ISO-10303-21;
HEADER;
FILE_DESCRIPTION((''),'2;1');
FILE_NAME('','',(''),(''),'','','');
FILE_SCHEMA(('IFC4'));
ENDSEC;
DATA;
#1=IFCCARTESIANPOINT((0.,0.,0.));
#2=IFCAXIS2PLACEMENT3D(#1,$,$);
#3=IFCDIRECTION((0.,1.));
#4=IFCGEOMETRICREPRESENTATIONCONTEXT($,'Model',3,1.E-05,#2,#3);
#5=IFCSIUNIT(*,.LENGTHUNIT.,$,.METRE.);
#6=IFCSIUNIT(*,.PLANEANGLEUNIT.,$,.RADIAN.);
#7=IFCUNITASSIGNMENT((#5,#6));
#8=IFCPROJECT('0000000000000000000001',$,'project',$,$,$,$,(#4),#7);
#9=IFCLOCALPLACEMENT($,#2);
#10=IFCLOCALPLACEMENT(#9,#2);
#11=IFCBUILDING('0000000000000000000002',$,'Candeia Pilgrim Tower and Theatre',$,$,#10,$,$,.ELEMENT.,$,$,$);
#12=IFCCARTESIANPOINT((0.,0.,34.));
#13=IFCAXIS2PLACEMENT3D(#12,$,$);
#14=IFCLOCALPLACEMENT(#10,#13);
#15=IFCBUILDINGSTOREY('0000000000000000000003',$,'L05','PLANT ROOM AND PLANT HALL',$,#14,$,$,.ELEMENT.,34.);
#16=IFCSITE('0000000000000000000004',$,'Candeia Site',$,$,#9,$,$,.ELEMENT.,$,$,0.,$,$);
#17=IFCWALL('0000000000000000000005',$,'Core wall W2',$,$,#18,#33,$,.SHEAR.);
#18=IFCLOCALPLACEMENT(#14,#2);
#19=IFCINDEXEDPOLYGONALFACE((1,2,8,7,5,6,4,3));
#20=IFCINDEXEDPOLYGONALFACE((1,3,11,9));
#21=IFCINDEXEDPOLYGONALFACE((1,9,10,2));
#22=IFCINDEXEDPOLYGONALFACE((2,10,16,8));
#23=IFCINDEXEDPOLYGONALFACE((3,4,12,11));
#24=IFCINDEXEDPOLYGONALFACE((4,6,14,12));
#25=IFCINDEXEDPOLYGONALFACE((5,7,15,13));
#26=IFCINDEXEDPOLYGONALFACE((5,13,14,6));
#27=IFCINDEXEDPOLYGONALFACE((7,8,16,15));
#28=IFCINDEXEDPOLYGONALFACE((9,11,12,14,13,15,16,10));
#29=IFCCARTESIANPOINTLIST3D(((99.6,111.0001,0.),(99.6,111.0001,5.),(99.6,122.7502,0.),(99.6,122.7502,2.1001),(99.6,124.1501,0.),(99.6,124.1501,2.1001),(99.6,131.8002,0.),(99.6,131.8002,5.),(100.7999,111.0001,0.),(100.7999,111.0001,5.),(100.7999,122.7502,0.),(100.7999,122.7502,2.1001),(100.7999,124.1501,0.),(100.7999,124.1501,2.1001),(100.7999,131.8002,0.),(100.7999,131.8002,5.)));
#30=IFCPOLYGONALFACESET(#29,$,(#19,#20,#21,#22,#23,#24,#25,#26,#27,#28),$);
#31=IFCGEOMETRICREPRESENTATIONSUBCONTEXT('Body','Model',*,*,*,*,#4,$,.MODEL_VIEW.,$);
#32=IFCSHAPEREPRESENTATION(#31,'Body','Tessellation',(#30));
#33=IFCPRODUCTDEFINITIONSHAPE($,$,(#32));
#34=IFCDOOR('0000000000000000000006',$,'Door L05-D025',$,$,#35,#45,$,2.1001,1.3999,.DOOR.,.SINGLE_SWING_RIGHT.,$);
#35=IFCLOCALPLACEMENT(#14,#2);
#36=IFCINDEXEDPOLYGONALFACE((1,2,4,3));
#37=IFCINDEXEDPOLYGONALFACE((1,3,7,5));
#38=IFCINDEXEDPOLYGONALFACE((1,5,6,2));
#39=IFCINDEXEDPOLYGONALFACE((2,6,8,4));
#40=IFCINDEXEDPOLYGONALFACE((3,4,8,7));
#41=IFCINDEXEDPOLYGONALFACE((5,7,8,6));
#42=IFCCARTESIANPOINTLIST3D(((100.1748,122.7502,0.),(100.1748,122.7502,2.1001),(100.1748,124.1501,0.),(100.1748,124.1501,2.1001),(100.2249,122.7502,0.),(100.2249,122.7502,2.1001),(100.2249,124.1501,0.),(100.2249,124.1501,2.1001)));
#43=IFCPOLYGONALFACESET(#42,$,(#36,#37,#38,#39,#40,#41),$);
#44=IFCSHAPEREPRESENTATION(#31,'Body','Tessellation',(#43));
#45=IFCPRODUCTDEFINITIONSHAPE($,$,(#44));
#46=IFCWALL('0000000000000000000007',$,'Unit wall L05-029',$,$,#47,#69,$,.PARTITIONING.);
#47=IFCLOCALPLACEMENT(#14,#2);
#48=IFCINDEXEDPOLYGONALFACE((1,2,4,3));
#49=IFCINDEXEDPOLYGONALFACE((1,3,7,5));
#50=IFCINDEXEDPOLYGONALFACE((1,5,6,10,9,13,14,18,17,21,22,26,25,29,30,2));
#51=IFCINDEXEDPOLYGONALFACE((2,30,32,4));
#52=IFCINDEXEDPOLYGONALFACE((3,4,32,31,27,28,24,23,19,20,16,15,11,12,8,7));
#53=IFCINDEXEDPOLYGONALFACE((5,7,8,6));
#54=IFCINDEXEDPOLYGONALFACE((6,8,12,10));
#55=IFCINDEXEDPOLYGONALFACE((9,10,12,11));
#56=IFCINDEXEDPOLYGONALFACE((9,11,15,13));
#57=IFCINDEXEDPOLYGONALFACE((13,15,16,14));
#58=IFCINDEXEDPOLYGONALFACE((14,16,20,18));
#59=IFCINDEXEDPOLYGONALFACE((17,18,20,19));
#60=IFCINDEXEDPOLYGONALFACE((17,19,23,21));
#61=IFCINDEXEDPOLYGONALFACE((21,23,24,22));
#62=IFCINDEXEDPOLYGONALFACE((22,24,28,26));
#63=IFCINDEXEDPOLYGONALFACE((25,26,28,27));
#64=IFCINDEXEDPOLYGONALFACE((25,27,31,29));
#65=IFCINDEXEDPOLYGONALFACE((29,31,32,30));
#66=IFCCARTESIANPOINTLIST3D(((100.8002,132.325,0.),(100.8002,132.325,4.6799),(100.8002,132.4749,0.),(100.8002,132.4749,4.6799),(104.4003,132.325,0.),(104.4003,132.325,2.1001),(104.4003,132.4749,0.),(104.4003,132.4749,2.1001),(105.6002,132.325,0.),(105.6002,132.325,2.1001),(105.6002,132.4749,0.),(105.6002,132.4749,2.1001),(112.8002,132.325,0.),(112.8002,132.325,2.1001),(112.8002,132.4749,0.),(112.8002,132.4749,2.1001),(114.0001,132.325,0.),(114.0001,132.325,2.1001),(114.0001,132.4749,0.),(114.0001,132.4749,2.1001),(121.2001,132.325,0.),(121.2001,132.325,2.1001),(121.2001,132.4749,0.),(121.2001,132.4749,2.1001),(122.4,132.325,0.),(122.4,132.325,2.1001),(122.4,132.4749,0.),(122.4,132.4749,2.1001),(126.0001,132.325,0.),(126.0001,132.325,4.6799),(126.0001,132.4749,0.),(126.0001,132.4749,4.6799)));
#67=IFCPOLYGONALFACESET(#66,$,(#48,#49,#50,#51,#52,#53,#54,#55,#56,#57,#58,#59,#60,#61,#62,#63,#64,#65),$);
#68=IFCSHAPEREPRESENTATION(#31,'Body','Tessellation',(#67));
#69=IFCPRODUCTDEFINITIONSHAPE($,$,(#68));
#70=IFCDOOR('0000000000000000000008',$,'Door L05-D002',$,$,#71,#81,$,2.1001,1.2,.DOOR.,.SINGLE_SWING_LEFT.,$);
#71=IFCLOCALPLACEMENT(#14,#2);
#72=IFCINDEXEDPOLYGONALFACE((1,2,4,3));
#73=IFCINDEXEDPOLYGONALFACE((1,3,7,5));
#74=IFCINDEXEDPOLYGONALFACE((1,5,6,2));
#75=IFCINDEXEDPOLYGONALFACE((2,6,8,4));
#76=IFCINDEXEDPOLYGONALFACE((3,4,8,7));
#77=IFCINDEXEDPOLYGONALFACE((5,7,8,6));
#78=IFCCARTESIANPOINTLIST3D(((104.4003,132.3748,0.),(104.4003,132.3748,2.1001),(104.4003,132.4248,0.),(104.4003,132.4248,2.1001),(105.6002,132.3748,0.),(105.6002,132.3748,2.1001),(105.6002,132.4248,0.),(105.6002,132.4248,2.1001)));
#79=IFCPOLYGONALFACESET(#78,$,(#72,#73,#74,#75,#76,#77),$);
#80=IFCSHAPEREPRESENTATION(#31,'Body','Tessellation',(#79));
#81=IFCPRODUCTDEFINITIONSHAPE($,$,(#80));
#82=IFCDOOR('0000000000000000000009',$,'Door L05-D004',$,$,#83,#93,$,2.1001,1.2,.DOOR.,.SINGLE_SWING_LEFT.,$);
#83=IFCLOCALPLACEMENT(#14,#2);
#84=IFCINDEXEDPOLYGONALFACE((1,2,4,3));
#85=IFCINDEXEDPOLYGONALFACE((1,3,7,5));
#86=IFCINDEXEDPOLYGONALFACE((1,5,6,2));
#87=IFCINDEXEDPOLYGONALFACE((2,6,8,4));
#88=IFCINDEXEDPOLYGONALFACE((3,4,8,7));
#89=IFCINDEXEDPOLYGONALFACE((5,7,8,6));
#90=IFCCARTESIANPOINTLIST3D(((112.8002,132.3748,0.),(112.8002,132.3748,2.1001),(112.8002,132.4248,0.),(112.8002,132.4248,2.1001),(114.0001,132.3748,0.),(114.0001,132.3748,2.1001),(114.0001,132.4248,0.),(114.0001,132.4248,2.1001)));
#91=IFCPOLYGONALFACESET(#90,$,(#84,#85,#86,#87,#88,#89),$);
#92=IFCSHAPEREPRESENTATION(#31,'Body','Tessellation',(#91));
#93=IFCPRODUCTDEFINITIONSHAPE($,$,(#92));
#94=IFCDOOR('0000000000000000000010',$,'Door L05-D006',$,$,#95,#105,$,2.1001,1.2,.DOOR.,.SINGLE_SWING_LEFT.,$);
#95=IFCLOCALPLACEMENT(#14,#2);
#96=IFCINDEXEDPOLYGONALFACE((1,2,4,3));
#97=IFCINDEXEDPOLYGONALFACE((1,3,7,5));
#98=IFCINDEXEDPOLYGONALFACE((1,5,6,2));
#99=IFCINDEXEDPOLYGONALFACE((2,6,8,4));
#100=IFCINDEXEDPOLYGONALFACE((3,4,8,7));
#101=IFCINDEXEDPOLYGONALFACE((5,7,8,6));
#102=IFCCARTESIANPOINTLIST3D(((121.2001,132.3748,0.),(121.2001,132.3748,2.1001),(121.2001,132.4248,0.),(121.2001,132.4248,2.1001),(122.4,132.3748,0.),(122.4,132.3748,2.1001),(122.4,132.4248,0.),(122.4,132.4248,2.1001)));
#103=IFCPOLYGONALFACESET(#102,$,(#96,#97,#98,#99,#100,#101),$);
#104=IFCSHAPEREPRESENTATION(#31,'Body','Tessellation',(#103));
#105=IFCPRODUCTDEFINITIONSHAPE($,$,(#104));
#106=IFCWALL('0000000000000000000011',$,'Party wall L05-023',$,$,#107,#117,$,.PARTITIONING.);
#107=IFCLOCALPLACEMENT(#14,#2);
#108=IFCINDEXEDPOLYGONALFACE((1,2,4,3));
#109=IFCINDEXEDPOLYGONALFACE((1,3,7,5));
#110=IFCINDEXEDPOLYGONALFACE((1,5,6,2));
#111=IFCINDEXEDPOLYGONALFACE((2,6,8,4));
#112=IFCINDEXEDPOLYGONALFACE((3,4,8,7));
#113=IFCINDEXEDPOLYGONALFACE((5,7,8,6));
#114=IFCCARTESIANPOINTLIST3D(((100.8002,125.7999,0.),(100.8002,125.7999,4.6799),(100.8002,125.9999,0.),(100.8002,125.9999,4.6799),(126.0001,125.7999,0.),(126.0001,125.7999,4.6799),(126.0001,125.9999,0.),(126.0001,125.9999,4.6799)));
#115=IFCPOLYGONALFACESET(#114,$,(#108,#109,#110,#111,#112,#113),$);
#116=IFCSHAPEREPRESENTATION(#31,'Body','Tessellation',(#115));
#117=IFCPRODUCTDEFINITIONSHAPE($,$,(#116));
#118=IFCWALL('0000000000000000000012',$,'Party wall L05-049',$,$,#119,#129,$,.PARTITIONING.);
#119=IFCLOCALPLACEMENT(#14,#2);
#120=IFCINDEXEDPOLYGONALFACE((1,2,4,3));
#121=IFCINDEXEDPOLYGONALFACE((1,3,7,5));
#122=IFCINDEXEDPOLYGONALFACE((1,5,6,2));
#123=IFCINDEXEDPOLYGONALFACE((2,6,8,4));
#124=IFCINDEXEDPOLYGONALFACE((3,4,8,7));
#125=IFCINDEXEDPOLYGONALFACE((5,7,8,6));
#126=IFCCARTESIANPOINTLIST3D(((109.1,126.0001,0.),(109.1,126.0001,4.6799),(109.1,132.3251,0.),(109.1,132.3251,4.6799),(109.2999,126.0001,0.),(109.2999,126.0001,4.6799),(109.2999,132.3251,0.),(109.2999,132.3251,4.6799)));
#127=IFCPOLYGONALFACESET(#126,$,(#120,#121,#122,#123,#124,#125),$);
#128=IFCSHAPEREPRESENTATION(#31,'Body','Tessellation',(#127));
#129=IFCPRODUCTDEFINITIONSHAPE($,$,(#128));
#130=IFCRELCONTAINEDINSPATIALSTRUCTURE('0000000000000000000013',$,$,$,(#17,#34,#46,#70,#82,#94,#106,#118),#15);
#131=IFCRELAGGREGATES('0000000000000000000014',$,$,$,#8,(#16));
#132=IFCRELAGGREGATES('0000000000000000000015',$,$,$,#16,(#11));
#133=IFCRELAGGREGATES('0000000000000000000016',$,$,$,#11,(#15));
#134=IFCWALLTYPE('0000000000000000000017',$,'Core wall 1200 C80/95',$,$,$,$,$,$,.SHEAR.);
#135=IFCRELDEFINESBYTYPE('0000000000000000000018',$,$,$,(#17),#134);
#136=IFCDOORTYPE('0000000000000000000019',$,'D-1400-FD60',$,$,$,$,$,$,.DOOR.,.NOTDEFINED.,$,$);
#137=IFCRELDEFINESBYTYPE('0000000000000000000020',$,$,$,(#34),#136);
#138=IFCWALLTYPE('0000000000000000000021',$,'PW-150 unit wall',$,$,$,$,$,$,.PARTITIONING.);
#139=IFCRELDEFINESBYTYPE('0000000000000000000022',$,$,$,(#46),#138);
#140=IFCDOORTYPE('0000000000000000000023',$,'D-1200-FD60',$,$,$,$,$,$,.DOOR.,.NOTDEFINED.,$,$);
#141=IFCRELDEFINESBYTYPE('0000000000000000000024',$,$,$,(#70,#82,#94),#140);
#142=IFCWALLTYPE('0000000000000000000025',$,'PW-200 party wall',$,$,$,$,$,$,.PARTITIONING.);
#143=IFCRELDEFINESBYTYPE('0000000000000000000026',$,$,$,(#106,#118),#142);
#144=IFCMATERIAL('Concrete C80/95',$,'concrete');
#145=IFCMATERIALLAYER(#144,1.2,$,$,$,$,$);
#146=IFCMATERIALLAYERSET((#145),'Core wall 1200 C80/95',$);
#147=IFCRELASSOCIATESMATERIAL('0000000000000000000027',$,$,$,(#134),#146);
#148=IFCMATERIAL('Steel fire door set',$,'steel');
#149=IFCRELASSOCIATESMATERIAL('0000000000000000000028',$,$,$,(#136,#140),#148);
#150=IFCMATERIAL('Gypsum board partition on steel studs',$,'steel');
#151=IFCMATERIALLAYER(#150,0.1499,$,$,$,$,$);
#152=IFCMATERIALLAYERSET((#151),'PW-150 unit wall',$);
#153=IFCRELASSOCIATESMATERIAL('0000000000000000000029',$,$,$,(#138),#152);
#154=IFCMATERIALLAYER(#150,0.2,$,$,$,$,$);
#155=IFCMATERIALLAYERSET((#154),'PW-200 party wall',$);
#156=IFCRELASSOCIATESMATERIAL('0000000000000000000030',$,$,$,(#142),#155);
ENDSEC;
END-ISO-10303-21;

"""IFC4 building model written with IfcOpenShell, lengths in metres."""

from ifc_helpers import new_model, si_unit, direction, frame, frame_2d, origin, place, context, subcontext, project, spatial, rectangle, extrude, material, layer, layer_set, type_object, element, fill, save


model = new_model("IFC4")

# Units and contexts
model_context = context("Model", 3, precision=1e-05, world=origin(), true_north=direction((0.0, 1.0)))
body_context = subcontext(model_context, "Body", "Model", "MODEL_VIEW")
ifc_project = project(units=[si_unit("LENGTHUNIT", "METRE"), si_unit("PLANEANGLEUNIT", "RADIAN")], contexts=[model_context])

# Site, building, storey
site_placement = place(None, origin())
site = spatial("IfcSite", under=ifc_project, at=site_placement, Name="Candeia Site", CompositionType="ELEMENT", RefElevation=0.0)
building_placement = place(site_placement, origin())
building = spatial("IfcBuilding", under=site, at=building_placement, Name="Candeia Pilgrim Tower and Theatre", CompositionType="ELEMENT")
storey_placement = place(building_placement, frame((0.0, 0.0, 34.0)))
storey = spatial("IfcBuildingStorey", under=building, at=storey_placement, Name="L05", Description="PLANT ROOM AND PLANT HALL", CompositionType="ELEMENT", Elevation=34.0)

# Wall, opening, door
ifc_material_1 = material(Name="Concrete C80/95", Category="concrete")
ifc_layer_1 = layer(ifc_material_1, 1.2)
ifc_layer_set_1 = layer_set([ifc_layer_1], Name="Core wall 1200 C80/95")
wall_type_1 = type_object("IfcWallType", Name="Core wall 1200 C80/95", PredefinedType="SHEAR", material=ifc_layer_set_1)
wall_1_placement = place(storey_placement, frame((100.2, 131.8, 0.0), z_axis=(0.0, 0.0, 1.0), x_axis=(0.0, -1.0, 0.0)))
wall_1 = element("IfcWall", 1, at=wall_1_placement, inside=storey, type_object=wall_type_1, Name="Core wall W2", PredefinedType="SHEAR", context=body_context, shape_type="SweptSolid", body=[
    extrude(rectangle(XDim=20.8, YDim=1.2, at=frame_2d((10.3999, 0.0))), origin(), (0.0, 0.0, 1.0), 5.0),
])
opening_1_placement = place(wall_1_placement, frame((7.6499, 0.0, 0.0)))
opening_1 = element("IfcOpeningElement", 2, at=opening_1_placement, cuts=wall_1, PredefinedType="OPENING", context=body_context, shape_type="SweptSolid", body=[
    extrude(rectangle(XDim=1.3999, YDim=2.1001, at=frame_2d((0.7, 1.05))), frame((0.0, 0.6099, 0.0), z_axis=(0.0, -1.0, 0.0), x_axis=(1.0, 0.0, 0.0)), (0.0, 0.0, 1.0), 1.22),
])
ifc_material_2 = material(Name="Steel fire door set", Category="steel")
door_type_1 = type_object("IfcDoorType", Name="D-1400-FD60", OperationType="NOTDEFINED", PredefinedType="DOOR", material=ifc_material_2)
door_1_placement = place(opening_1_placement, origin())
door_1 = element("IfcDoor", 3, at=door_1_placement, inside=storey, type_object=door_type_1, Name="Door L05-D025", OperationType="SINGLE_SWING_RIGHT", OverallHeight=2.1001, OverallWidth=1.3999, PredefinedType="DOOR", context=body_context, shape_type="SweptSolid", body=[
    extrude(rectangle(XDim=1.3999, YDim=2.1001, at=frame_2d((0.7, 1.05))), frame((0.0, 0.0249, 0.0), z_axis=(0.0, -1.0, 0.0), x_axis=(1.0, 0.0, 0.0)), (0.0, 0.0, 1.0), 0.05),
])
fill(opening_1, door_1)

# Wall, openings, doors
ifc_material_3 = material(Name="Gypsum board partition on steel studs", Category="steel")
ifc_layer_2 = layer(ifc_material_3, 0.1499)
ifc_layer_set_2 = layer_set([ifc_layer_2], Name="PW-150 unit wall")
wall_type_2 = type_object("IfcWallType", Name="PW-150 unit wall", PredefinedType="PARTITIONING", material=ifc_layer_set_2)
wall_2_placement = place(storey_placement, frame((100.8, 132.3999, 0.0), z_axis=(0.0, 0.0, 1.0), x_axis=(1.0, 0.0, 0.0)))
wall_2 = element("IfcWall", 4, at=wall_2_placement, inside=storey, type_object=wall_type_2, Name="Unit wall L05-029", PredefinedType="PARTITIONING", context=body_context, shape_type="SweptSolid", body=[
    extrude(rectangle(XDim=25.2, YDim=0.1499, at=frame_2d((12.6001, 0.0))), origin(), (0.0, 0.0, 1.0), 4.6799),
])
opening_2_placement = place(wall_2_placement, frame((3.6001, 0.0, 0.0)))
opening_2 = element("IfcOpeningElement", 5, at=opening_2_placement, cuts=wall_2, PredefinedType="OPENING", context=body_context, shape_type="SweptSolid", body=[
    extrude(rectangle(XDim=1.2, YDim=2.1001, at=frame_2d((0.6001, 1.05))), frame((0.0, 0.085, 0.0), z_axis=(0.0, -1.0, 0.0), x_axis=(1.0, 0.0, 0.0)), (0.0, 0.0, 1.0), 0.1699),
])
opening_3_placement = place(wall_2_placement, frame((12.0, 0.0, 0.0)))
opening_3 = element("IfcOpeningElement", 6, at=opening_3_placement, cuts=wall_2, PredefinedType="OPENING", context=body_context, shape_type="SweptSolid", body=[
    extrude(rectangle(XDim=1.2, YDim=2.1001, at=frame_2d((0.6001, 1.05))), frame((0.0, 0.085, 0.0), z_axis=(0.0, -1.0, 0.0), x_axis=(1.0, 0.0, 0.0)), (0.0, 0.0, 1.0), 0.1699),
])
opening_4_placement = place(wall_2_placement, frame((20.3999, 0.0, 0.0)))
opening_4 = element("IfcOpeningElement", 7, at=opening_4_placement, cuts=wall_2, PredefinedType="OPENING", context=body_context, shape_type="SweptSolid", body=[
    extrude(rectangle(XDim=1.2, YDim=2.1001, at=frame_2d((0.6001, 1.05))), frame((0.0, 0.085, 0.0), z_axis=(0.0, -1.0, 0.0), x_axis=(1.0, 0.0, 0.0)), (0.0, 0.0, 1.0), 0.1699),
])
door_type_2 = type_object("IfcDoorType", Name="D-1200-FD60", OperationType="NOTDEFINED", PredefinedType="DOOR", material=ifc_material_2)
door_2_placement = place(opening_2_placement, origin())
door_2 = element("IfcDoor", 8, at=door_2_placement, inside=storey, type_object=door_type_2, Name="Door L05-D002", OperationType="SINGLE_SWING_LEFT", OverallHeight=2.1001, OverallWidth=1.2, PredefinedType="DOOR", context=body_context, shape_type="SweptSolid", body=[
    extrude(rectangle(XDim=1.2, YDim=2.1001, at=frame_2d((0.6001, 1.05))), frame((0.0, 0.0249, 0.0), z_axis=(0.0, -1.0, 0.0), x_axis=(1.0, 0.0, 0.0)), (0.0, 0.0, 1.0), 0.05),
])
fill(opening_2, door_2)
door_3_placement = place(opening_3_placement, origin())
door_3 = element("IfcDoor", 9, at=door_3_placement, inside=storey, type_object=door_type_2, Name="Door L05-D004", OperationType="SINGLE_SWING_LEFT", OverallHeight=2.1001, OverallWidth=1.2, PredefinedType="DOOR", context=body_context, shape_type="SweptSolid", body=[
    extrude(rectangle(XDim=1.2, YDim=2.1001, at=frame_2d((0.6001, 1.05))), frame((0.0, 0.0249, 0.0), z_axis=(0.0, -1.0, 0.0), x_axis=(1.0, 0.0, 0.0)), (0.0, 0.0, 1.0), 0.05),
])
fill(opening_3, door_3)
door_4_placement = place(opening_4_placement, origin())
door_4 = element("IfcDoor", 10, at=door_4_placement, inside=storey, type_object=door_type_2, Name="Door L05-D006", OperationType="SINGLE_SWING_LEFT", OverallHeight=2.1001, OverallWidth=1.2, PredefinedType="DOOR", context=body_context, shape_type="SweptSolid", body=[
    extrude(rectangle(XDim=1.2, YDim=2.1001, at=frame_2d((0.6001, 1.05))), frame((0.0, 0.0249, 0.0), z_axis=(0.0, -1.0, 0.0), x_axis=(1.0, 0.0, 0.0)), (0.0, 0.0, 1.0), 0.05),
])
fill(opening_4, door_4)

# Walls
ifc_layer_3 = layer(ifc_material_3, 0.2)
ifc_layer_set_3 = layer_set([ifc_layer_3], Name="PW-200 party wall")
wall_type_3 = type_object("IfcWallType", Name="PW-200 party wall", PredefinedType="PARTITIONING", material=ifc_layer_set_3)
wall_3_placement = place(storey_placement, frame((100.8, 125.8999, 0.0), z_axis=(0.0, 0.0, 1.0), x_axis=(1.0, 0.0, 0.0)))
element("IfcWall", 11, at=wall_3_placement, inside=storey, type_object=wall_type_3, Name="Party wall L05-023", PredefinedType="PARTITIONING", context=body_context, shape_type="SweptSolid", body=[
    extrude(rectangle(XDim=25.2, YDim=0.2, at=frame_2d((12.6001, 0.0))), origin(), (0.0, 0.0, 1.0), 4.6799),
])
wall_4_placement = place(storey_placement, frame((109.2, 126.0, 0.0), z_axis=(0.0, 0.0, 1.0), x_axis=(0.0, 1.0, 0.0)))
element("IfcWall", 12, at=wall_4_placement, inside=storey, type_object=wall_type_3, Name="Party wall L05-049", PredefinedType="PARTITIONING", context=body_context, shape_type="SweptSolid", body=[
    extrude(rectangle(XDim=6.325, YDim=0.2, at=frame_2d((3.1626, 0.0))), origin(), (0.0, 0.0, 1.0), 4.6799),
])

save(model, "model.ifc")
